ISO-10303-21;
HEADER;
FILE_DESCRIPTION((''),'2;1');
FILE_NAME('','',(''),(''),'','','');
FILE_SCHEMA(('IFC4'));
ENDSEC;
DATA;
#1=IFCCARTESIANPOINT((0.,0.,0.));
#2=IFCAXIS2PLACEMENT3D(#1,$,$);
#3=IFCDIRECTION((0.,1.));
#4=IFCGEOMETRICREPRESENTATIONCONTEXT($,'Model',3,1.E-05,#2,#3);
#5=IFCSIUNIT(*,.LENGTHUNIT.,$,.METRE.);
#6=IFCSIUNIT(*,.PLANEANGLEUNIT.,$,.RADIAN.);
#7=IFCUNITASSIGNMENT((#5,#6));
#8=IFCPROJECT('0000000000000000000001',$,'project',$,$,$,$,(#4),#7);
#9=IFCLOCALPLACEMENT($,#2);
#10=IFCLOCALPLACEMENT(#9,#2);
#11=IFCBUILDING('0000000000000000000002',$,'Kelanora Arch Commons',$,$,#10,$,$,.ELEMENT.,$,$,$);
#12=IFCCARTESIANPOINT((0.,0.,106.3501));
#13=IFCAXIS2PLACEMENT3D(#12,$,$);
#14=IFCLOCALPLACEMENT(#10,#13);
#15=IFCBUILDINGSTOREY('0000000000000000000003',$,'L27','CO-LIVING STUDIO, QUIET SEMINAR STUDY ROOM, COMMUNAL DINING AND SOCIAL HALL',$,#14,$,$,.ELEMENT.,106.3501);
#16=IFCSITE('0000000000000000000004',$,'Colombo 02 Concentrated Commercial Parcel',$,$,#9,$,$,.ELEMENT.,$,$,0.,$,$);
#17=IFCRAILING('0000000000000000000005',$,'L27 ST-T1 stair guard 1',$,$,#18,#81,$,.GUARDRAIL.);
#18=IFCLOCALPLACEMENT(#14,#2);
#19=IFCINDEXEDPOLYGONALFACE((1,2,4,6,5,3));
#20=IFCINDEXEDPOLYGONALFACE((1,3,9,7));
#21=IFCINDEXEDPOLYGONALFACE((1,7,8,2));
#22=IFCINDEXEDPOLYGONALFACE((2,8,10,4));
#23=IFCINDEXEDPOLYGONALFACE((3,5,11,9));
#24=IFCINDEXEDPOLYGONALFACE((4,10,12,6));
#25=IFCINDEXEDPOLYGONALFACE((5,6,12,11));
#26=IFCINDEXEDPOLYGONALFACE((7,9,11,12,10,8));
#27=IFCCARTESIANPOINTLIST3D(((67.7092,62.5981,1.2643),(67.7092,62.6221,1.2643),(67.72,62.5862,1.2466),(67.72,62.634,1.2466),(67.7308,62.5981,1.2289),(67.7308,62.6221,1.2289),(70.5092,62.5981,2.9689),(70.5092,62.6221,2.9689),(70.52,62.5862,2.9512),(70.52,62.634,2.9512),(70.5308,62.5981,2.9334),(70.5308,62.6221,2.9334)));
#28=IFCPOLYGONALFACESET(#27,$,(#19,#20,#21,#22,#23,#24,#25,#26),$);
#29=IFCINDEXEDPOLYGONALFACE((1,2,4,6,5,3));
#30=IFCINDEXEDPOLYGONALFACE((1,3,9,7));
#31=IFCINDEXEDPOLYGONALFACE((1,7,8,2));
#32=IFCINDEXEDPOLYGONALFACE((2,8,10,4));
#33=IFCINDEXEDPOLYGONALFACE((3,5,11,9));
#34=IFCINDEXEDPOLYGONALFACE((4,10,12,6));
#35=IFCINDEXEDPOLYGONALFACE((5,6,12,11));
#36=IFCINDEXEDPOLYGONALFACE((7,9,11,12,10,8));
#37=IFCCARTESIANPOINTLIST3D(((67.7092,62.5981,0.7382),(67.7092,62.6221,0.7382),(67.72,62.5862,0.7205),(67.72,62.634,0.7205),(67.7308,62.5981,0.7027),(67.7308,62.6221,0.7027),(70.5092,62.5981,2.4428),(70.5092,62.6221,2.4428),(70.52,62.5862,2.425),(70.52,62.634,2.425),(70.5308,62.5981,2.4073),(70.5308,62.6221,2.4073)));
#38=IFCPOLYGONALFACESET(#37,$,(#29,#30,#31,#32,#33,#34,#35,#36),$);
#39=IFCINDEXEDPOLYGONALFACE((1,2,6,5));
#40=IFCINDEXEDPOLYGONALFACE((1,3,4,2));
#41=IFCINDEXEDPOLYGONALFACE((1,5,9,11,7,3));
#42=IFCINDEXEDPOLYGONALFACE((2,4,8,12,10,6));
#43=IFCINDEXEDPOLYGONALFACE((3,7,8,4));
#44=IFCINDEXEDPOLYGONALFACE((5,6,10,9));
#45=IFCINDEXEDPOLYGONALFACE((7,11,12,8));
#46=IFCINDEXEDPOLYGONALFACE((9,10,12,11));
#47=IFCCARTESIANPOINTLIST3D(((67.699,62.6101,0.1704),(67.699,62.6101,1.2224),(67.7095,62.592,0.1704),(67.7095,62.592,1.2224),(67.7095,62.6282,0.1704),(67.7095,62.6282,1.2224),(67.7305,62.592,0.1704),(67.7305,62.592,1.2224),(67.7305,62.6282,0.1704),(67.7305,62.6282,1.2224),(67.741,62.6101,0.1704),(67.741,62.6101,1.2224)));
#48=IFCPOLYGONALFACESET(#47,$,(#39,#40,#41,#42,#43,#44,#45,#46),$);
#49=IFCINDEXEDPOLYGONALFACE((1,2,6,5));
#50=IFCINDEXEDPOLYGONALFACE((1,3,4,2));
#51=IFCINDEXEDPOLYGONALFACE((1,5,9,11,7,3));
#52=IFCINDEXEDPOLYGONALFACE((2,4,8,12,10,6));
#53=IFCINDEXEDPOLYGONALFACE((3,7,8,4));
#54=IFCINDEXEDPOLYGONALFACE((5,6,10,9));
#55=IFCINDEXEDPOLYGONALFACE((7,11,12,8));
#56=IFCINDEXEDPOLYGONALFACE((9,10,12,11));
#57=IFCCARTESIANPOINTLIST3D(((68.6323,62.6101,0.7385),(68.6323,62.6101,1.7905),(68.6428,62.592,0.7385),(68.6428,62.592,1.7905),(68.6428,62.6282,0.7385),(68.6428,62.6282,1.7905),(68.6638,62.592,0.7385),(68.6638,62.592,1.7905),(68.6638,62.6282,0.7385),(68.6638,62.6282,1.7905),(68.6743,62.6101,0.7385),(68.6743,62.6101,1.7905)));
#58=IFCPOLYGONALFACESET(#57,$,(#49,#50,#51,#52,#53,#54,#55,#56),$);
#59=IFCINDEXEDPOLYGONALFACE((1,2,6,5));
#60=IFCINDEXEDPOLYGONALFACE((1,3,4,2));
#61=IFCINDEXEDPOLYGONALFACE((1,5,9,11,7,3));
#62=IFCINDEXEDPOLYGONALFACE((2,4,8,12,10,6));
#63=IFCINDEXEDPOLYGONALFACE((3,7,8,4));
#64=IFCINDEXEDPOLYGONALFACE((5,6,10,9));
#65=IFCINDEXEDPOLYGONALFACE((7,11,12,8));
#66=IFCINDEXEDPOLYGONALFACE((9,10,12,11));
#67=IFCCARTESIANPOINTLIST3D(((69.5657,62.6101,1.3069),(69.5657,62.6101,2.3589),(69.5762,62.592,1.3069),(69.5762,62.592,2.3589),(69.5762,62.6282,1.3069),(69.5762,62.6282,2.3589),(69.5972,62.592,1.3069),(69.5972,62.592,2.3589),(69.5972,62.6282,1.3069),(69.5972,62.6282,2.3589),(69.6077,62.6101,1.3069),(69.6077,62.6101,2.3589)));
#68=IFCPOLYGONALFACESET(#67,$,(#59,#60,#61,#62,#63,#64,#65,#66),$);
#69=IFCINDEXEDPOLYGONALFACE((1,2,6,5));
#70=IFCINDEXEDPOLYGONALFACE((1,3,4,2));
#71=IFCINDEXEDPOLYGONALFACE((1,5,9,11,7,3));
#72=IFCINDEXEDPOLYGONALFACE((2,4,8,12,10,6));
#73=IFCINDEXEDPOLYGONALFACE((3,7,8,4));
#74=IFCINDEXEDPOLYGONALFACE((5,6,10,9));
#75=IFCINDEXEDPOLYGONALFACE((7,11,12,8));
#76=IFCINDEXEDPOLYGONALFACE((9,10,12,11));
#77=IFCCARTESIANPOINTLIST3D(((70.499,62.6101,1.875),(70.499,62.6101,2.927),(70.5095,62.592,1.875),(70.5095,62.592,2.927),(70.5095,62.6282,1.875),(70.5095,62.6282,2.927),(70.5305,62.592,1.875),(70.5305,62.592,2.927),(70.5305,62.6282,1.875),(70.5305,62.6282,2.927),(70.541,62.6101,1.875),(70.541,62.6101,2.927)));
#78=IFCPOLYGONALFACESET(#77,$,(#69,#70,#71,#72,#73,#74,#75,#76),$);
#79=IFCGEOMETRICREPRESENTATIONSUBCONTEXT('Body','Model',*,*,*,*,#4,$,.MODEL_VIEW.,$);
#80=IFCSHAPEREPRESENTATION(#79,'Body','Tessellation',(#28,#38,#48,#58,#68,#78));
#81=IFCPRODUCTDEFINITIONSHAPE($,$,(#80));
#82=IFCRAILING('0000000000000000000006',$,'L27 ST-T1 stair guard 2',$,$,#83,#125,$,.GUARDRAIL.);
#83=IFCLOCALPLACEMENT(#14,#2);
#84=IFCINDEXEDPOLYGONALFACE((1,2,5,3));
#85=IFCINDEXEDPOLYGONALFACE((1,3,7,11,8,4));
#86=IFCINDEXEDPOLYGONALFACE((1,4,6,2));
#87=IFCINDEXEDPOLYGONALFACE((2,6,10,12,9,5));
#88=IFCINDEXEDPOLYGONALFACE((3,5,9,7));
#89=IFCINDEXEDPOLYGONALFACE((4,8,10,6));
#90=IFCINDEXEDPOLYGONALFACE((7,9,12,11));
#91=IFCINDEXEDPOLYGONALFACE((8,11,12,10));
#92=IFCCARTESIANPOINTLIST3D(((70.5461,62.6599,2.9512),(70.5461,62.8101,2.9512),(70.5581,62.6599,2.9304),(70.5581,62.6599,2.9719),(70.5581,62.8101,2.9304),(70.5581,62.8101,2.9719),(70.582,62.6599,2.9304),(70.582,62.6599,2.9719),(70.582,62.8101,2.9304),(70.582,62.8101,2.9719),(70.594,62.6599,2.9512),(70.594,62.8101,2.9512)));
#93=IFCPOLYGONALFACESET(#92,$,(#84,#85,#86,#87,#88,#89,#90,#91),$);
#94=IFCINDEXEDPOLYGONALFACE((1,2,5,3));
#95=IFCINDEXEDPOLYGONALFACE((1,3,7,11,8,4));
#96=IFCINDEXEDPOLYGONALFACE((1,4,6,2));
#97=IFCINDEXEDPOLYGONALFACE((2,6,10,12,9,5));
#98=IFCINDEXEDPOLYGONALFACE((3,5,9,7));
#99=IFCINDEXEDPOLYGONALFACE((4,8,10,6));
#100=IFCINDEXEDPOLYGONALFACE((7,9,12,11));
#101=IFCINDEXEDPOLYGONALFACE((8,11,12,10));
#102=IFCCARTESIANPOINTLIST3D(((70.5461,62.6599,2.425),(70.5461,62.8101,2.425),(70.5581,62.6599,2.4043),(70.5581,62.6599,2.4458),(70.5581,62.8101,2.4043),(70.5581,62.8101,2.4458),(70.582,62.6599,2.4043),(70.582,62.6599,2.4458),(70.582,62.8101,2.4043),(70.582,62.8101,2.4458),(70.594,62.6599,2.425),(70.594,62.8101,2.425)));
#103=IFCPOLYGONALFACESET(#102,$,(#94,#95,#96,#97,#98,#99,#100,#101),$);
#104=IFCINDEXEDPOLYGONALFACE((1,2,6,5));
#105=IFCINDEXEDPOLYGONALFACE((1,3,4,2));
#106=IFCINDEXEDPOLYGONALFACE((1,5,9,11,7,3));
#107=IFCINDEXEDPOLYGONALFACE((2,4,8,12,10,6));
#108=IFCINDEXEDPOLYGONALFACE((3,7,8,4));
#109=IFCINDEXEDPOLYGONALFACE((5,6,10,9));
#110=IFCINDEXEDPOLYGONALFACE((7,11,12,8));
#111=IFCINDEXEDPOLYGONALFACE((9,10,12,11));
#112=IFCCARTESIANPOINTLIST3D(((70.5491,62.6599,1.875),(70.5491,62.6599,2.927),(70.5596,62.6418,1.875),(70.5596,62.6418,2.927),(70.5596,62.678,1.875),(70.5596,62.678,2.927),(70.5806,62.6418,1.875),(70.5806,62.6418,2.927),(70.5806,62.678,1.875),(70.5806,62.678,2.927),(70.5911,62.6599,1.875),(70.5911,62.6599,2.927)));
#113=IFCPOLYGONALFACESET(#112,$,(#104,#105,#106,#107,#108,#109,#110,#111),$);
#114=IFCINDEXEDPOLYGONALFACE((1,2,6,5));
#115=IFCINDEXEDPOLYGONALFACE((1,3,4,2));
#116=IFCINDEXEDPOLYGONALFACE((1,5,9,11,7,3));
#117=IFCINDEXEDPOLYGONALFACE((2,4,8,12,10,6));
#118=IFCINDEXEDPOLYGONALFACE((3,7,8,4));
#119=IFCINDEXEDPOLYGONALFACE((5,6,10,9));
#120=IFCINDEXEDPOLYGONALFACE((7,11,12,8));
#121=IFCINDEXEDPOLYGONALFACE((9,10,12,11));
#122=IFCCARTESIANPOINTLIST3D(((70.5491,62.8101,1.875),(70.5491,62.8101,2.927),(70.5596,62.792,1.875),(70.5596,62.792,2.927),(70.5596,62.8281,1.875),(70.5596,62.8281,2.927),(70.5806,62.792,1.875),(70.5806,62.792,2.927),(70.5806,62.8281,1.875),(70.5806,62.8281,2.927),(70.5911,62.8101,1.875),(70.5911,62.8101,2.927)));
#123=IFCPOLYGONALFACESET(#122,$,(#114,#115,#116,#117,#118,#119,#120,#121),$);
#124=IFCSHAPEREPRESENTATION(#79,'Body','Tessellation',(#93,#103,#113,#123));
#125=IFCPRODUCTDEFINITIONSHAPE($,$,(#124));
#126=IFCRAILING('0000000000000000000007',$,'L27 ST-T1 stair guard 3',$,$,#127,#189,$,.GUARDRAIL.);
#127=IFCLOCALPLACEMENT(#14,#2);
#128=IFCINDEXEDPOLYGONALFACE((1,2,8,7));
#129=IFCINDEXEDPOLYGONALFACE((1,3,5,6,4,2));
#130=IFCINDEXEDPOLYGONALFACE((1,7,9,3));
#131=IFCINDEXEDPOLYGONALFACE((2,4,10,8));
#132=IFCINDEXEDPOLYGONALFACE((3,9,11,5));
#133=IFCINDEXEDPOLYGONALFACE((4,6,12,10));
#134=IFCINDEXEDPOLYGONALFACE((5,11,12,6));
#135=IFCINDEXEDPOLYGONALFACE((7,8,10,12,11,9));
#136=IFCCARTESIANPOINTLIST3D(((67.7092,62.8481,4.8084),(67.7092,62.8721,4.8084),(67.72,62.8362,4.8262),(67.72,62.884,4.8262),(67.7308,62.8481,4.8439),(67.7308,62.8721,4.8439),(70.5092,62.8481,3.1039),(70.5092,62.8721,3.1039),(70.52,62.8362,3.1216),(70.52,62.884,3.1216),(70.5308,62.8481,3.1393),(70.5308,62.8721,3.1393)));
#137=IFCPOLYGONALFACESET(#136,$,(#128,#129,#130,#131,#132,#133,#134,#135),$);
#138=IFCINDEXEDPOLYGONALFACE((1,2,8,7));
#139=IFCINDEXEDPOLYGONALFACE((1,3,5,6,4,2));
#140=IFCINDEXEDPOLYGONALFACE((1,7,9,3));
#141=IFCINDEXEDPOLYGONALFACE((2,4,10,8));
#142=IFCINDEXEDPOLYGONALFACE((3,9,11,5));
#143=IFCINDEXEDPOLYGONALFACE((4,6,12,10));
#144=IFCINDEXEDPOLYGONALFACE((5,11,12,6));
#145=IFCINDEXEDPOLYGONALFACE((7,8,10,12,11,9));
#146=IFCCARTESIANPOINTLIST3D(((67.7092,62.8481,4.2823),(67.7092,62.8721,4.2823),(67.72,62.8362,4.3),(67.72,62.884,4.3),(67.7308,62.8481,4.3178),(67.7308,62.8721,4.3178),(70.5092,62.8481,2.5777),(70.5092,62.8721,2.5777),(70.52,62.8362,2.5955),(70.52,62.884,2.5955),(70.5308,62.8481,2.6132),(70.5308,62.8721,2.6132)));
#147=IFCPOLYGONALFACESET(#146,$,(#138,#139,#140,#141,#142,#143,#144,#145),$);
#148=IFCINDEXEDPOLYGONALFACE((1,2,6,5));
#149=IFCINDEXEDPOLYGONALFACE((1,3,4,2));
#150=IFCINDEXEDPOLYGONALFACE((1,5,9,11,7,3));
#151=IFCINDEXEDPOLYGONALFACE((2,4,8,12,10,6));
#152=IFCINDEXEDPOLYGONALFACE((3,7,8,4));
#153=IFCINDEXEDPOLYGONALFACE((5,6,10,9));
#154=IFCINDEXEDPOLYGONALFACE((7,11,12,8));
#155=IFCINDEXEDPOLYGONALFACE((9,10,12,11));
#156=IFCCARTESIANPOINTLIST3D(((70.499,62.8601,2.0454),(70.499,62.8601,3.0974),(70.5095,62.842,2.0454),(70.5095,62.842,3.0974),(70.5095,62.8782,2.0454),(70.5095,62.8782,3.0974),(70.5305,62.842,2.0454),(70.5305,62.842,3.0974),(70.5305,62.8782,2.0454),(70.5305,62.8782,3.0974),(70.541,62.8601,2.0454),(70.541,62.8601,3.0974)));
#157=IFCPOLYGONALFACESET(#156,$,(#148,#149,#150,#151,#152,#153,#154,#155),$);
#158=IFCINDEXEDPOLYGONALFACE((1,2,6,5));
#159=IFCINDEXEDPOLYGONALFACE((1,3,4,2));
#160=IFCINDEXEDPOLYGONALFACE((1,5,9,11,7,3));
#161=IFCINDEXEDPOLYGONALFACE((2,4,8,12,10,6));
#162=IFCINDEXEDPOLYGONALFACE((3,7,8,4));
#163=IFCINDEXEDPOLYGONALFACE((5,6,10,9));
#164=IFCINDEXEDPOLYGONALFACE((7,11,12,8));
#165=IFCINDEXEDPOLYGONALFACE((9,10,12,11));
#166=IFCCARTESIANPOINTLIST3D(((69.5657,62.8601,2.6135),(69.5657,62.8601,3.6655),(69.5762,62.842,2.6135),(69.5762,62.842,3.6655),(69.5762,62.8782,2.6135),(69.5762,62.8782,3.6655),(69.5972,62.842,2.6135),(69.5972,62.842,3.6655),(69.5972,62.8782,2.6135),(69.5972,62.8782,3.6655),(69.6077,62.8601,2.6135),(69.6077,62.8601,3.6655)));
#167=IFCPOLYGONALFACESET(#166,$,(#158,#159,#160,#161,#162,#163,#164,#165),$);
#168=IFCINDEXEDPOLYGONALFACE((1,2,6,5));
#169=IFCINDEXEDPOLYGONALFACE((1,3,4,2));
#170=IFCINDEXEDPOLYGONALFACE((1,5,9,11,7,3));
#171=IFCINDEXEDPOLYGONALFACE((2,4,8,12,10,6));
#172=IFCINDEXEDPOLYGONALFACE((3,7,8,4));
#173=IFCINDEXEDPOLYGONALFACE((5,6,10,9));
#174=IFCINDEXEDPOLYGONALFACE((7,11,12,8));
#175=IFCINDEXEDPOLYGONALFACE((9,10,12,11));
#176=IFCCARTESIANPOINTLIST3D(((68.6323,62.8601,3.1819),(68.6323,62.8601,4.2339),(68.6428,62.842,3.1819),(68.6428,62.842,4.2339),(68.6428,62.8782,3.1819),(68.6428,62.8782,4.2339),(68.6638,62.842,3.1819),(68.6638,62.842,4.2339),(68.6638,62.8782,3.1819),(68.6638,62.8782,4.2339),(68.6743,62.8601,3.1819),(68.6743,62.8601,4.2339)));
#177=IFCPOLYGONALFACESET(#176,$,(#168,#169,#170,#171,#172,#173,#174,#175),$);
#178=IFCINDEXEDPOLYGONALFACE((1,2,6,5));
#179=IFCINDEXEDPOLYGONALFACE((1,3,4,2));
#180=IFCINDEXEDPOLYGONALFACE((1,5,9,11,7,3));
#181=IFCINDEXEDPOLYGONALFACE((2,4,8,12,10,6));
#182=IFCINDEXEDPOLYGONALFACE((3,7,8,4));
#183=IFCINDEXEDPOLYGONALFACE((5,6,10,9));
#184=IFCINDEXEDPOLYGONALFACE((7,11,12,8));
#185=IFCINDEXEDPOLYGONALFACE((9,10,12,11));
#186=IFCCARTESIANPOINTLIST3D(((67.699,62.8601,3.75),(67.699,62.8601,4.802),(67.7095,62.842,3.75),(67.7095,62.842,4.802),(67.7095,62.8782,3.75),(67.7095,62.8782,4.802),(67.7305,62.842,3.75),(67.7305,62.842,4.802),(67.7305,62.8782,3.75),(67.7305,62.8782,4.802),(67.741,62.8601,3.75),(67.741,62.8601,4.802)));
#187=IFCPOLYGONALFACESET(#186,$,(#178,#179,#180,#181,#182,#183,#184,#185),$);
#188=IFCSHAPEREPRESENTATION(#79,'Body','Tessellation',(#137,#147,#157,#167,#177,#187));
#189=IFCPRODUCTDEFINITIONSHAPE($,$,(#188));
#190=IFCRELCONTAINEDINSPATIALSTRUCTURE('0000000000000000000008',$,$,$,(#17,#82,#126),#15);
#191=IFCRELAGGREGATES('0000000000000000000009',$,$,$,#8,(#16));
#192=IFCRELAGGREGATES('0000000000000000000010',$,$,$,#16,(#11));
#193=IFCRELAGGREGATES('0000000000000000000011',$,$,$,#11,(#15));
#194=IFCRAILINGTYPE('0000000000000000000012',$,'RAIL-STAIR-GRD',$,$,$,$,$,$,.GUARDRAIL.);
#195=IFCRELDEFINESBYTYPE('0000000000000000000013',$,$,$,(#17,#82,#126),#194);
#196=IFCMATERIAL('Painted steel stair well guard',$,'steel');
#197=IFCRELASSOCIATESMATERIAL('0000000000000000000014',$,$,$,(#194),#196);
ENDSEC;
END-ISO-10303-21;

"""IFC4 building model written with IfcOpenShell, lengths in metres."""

from ifc_helpers import new_model, si_unit, direction, frame, origin, place, context, subcontext, project, spatial, polyline, outline, extrude, material, type_object, element, save


model = new_model("IFC4")

# Units and contexts
model_context = context("Model", 3, precision=1e-05, world=origin(), true_north=direction((0.0, 1.0)))
body_context = subcontext(model_context, "Body", "Model", "MODEL_VIEW")
ifc_project = project(units=[si_unit("LENGTHUNIT", "METRE"), si_unit("PLANEANGLEUNIT", "RADIAN")], contexts=[model_context])

# Site, building, storey
site_placement = place(None, origin())
site = spatial("IfcSite", under=ifc_project, at=site_placement, Name="Colombo 02 Concentrated Commercial Parcel", CompositionType="ELEMENT", RefElevation=0.0)
building_placement = place(site_placement, origin())
building = spatial("IfcBuilding", under=site, at=building_placement, Name="Kelanora Arch Commons", CompositionType="ELEMENT")
storey_placement = place(building_placement, frame((0.0, 0.0, 106.3501)))
storey = spatial("IfcBuildingStorey", under=building, at=storey_placement, Name="L27", Description="CO-LIVING STUDIO, QUIET SEMINAR STUDY ROOM, COMMUNAL DINING AND SOCIAL HALL", CompositionType="ELEMENT", Elevation=106.3501)

# Railings
ifc_material_1 = material(Name="Painted steel stair well guard", Category="steel")
railing_type_1 = type_object("IfcRailingType", Name="RAIL-STAIR-GRD", PredefinedType="GUARDRAIL", material=ifc_material_1)
railing_1_placement = place(storey_placement, frame((67.72, 62.6101, 0.1704)))
element("IfcRailing", 1, at=railing_1_placement, inside=storey, type_object=railing_type_1, Name="L27 ST-T1 stair guard 1", PredefinedType="GUARDRAIL", context=body_context, shape_type="SweptSolid", body=[
    extrude(outline(polyline([(0.0239, 0.0), (0.012, 0.0208), (-0.012, 0.0208), (-0.0239, 0.0), (-0.012, -0.0208), (0.012, -0.0208), (0.0239, 0.0)])), frame((0.0, 0.0, 1.0762), z_axis=(0.85417, 0.0, 0.519994), x_axis=(0.0, 1.0, 0.0)), (0.0, 0.0, 1.0), 3.2781),
    extrude(outline(polyline([(0.0239, 0.0), (0.012, 0.0208), (-0.012, 0.0208), (-0.0239, 0.0), (-0.012, -0.0208), (0.012, -0.0208), (0.0239, 0.0)])), frame((0.0, 0.0, 0.55), z_axis=(0.85417, 0.0, 0.519994), x_axis=(0.0, 1.0, 0.0)), (0.0, 0.0, 1.0), 3.2781),
    extrude(outline(polyline([(0.021, 0.0), (0.0105, 0.0181), (-0.0105, 0.0181), (-0.021, 0.0), (-0.0105, -0.0181), (0.0105, -0.0181), (0.021, 0.0)])), origin(), (0.0, 0.0, 1.0), 1.052),
    extrude(outline(polyline([(0.021, 0.0), (0.0105, 0.0181), (-0.0105, 0.0181), (-0.021, 0.0), (-0.0105, -0.0181), (0.0105, -0.0181), (0.021, 0.0)])), frame((0.9333, 0.0, 0.5681)), (0.0, 0.0, 1.0), 1.052),
    extrude(outline(polyline([(0.021, 0.0), (0.0105, 0.0181), (-0.0105, 0.0181), (-0.021, 0.0), (-0.0105, -0.0181), (0.0105, -0.0181), (0.021, 0.0)])), frame((1.8667, 0.0, 1.1365)), (0.0, 0.0, 1.0), 1.052),
    extrude(outline(polyline([(0.021, 0.0), (0.0105, 0.0181), (-0.0105, 0.0181), (-0.021, 0.0), (-0.0105, -0.0181), (0.0105, -0.0181), (0.021, 0.0)])), frame((2.8, 0.0, 1.7046)), (0.0, 0.0, 1.0), 1.052),
])
railing_2_placement = place(storey_placement, frame((70.5701, 62.6599, 1.875)))
element("IfcRailing", 2, at=railing_2_placement, inside=storey, type_object=railing_type_1, Name="L27 ST-T1 stair guard 2", PredefinedType="GUARDRAIL", context=body_context, shape_type="SweptSolid", body=[
    extrude(outline(polyline([(0.0239, 0.0), (0.012, 0.0208), (-0.012, 0.0208), (-0.0239, 0.0), (-0.012, -0.0208), (0.012, -0.0208), (0.0239, 0.0)])), frame((0.0, 0.0, 1.0762), z_axis=(0.0, 1.0, 0.0), x_axis=(-1.0, 0.0, 0.0)), (0.0, 0.0, 1.0), 0.1501),
    extrude(outline(polyline([(0.0239, 0.0), (0.012, 0.0208), (-0.012, 0.0208), (-0.0239, 0.0), (-0.012, -0.0208), (0.012, -0.0208), (0.0239, 0.0)])), frame((0.0, 0.0, 0.55), z_axis=(0.0, 1.0, 0.0), x_axis=(-1.0, 0.0, 0.0)), (0.0, 0.0, 1.0), 0.1501),
    extrude(outline(polyline([(0.021, 0.0), (0.0105, 0.0181), (-0.0105, 0.0181), (-0.021, 0.0), (-0.0105, -0.0181), (0.0105, -0.0181), (0.021, 0.0)])), origin(), (0.0, 0.0, 1.0), 1.052),
    extrude(outline(polyline([(0.021, 0.0), (0.0105, 0.0181), (-0.0105, 0.0181), (-0.021, 0.0), (-0.0105, -0.0181), (0.0105, -0.0181), (0.021, 0.0)])), frame((0.0, 0.1501, 0.0)), (0.0, 0.0, 1.0), 1.052),
])
railing_3_placement = place(storey_placement, frame((70.52, 62.8601, 2.0454)))
element("IfcRailing", 3, at=railing_3_placement, inside=storey, type_object=railing_type_1, Name="L27 ST-T1 stair guard 3", PredefinedType="GUARDRAIL", context=body_context, shape_type="SweptSolid", body=[
    extrude(outline(polyline([(0.0239, 0.0), (0.012, 0.0208), (-0.012, 0.0208), (-0.0239, 0.0), (-0.012, -0.0208), (0.012, -0.0208), (0.0239, 0.0)])), frame((0.0, 0.0, 1.0762), z_axis=(-0.85417, 0.0, 0.519994), x_axis=(0.0, -1.0, 0.0)), (0.0, 0.0, 1.0), 3.2781),
    extrude(outline(polyline([(0.0239, 0.0), (0.012, 0.0208), (-0.012, 0.0208), (-0.0239, 0.0), (-0.012, -0.0208), (0.012, -0.0208), (0.0239, 0.0)])), frame((0.0, 0.0, 0.55), z_axis=(-0.85417, 0.0, 0.519994), x_axis=(0.0, -1.0, 0.0)), (0.0, 0.0, 1.0), 3.2781),
    extrude(outline(polyline([(0.021, 0.0), (0.0105, 0.0181), (-0.0105, 0.0181), (-0.021, 0.0), (-0.0105, -0.0181), (0.0105, -0.0181), (0.021, 0.0)])), origin(), (0.0, 0.0, 1.0), 1.052),
    extrude(outline(polyline([(0.021, 0.0), (0.0105, 0.0181), (-0.0105, 0.0181), (-0.021, 0.0), (-0.0105, -0.0181), (0.0105, -0.0181), (0.021, 0.0)])), frame((-0.9333, 0.0, 0.5681)), (0.0, 0.0, 1.0), 1.052),
    extrude(outline(polyline([(0.021, 0.0), (0.0105, 0.0181), (-0.0105, 0.0181), (-0.021, 0.0), (-0.0105, -0.0181), (0.0105, -0.0181), (0.021, 0.0)])), frame((-1.8667, 0.0, 1.1365)), (0.0, 0.0, 1.0), 1.052),
    extrude(outline(polyline([(0.021, 0.0), (0.0105, 0.0181), (-0.0105, 0.0181), (-0.021, 0.0), (-0.0105, -0.0181), (0.0105, -0.0181), (0.021, 0.0)])), frame((-2.8, 0.0, 1.7046)), (0.0, 0.0, 1.0), 1.052),
])

save(model, "model.ifc")
